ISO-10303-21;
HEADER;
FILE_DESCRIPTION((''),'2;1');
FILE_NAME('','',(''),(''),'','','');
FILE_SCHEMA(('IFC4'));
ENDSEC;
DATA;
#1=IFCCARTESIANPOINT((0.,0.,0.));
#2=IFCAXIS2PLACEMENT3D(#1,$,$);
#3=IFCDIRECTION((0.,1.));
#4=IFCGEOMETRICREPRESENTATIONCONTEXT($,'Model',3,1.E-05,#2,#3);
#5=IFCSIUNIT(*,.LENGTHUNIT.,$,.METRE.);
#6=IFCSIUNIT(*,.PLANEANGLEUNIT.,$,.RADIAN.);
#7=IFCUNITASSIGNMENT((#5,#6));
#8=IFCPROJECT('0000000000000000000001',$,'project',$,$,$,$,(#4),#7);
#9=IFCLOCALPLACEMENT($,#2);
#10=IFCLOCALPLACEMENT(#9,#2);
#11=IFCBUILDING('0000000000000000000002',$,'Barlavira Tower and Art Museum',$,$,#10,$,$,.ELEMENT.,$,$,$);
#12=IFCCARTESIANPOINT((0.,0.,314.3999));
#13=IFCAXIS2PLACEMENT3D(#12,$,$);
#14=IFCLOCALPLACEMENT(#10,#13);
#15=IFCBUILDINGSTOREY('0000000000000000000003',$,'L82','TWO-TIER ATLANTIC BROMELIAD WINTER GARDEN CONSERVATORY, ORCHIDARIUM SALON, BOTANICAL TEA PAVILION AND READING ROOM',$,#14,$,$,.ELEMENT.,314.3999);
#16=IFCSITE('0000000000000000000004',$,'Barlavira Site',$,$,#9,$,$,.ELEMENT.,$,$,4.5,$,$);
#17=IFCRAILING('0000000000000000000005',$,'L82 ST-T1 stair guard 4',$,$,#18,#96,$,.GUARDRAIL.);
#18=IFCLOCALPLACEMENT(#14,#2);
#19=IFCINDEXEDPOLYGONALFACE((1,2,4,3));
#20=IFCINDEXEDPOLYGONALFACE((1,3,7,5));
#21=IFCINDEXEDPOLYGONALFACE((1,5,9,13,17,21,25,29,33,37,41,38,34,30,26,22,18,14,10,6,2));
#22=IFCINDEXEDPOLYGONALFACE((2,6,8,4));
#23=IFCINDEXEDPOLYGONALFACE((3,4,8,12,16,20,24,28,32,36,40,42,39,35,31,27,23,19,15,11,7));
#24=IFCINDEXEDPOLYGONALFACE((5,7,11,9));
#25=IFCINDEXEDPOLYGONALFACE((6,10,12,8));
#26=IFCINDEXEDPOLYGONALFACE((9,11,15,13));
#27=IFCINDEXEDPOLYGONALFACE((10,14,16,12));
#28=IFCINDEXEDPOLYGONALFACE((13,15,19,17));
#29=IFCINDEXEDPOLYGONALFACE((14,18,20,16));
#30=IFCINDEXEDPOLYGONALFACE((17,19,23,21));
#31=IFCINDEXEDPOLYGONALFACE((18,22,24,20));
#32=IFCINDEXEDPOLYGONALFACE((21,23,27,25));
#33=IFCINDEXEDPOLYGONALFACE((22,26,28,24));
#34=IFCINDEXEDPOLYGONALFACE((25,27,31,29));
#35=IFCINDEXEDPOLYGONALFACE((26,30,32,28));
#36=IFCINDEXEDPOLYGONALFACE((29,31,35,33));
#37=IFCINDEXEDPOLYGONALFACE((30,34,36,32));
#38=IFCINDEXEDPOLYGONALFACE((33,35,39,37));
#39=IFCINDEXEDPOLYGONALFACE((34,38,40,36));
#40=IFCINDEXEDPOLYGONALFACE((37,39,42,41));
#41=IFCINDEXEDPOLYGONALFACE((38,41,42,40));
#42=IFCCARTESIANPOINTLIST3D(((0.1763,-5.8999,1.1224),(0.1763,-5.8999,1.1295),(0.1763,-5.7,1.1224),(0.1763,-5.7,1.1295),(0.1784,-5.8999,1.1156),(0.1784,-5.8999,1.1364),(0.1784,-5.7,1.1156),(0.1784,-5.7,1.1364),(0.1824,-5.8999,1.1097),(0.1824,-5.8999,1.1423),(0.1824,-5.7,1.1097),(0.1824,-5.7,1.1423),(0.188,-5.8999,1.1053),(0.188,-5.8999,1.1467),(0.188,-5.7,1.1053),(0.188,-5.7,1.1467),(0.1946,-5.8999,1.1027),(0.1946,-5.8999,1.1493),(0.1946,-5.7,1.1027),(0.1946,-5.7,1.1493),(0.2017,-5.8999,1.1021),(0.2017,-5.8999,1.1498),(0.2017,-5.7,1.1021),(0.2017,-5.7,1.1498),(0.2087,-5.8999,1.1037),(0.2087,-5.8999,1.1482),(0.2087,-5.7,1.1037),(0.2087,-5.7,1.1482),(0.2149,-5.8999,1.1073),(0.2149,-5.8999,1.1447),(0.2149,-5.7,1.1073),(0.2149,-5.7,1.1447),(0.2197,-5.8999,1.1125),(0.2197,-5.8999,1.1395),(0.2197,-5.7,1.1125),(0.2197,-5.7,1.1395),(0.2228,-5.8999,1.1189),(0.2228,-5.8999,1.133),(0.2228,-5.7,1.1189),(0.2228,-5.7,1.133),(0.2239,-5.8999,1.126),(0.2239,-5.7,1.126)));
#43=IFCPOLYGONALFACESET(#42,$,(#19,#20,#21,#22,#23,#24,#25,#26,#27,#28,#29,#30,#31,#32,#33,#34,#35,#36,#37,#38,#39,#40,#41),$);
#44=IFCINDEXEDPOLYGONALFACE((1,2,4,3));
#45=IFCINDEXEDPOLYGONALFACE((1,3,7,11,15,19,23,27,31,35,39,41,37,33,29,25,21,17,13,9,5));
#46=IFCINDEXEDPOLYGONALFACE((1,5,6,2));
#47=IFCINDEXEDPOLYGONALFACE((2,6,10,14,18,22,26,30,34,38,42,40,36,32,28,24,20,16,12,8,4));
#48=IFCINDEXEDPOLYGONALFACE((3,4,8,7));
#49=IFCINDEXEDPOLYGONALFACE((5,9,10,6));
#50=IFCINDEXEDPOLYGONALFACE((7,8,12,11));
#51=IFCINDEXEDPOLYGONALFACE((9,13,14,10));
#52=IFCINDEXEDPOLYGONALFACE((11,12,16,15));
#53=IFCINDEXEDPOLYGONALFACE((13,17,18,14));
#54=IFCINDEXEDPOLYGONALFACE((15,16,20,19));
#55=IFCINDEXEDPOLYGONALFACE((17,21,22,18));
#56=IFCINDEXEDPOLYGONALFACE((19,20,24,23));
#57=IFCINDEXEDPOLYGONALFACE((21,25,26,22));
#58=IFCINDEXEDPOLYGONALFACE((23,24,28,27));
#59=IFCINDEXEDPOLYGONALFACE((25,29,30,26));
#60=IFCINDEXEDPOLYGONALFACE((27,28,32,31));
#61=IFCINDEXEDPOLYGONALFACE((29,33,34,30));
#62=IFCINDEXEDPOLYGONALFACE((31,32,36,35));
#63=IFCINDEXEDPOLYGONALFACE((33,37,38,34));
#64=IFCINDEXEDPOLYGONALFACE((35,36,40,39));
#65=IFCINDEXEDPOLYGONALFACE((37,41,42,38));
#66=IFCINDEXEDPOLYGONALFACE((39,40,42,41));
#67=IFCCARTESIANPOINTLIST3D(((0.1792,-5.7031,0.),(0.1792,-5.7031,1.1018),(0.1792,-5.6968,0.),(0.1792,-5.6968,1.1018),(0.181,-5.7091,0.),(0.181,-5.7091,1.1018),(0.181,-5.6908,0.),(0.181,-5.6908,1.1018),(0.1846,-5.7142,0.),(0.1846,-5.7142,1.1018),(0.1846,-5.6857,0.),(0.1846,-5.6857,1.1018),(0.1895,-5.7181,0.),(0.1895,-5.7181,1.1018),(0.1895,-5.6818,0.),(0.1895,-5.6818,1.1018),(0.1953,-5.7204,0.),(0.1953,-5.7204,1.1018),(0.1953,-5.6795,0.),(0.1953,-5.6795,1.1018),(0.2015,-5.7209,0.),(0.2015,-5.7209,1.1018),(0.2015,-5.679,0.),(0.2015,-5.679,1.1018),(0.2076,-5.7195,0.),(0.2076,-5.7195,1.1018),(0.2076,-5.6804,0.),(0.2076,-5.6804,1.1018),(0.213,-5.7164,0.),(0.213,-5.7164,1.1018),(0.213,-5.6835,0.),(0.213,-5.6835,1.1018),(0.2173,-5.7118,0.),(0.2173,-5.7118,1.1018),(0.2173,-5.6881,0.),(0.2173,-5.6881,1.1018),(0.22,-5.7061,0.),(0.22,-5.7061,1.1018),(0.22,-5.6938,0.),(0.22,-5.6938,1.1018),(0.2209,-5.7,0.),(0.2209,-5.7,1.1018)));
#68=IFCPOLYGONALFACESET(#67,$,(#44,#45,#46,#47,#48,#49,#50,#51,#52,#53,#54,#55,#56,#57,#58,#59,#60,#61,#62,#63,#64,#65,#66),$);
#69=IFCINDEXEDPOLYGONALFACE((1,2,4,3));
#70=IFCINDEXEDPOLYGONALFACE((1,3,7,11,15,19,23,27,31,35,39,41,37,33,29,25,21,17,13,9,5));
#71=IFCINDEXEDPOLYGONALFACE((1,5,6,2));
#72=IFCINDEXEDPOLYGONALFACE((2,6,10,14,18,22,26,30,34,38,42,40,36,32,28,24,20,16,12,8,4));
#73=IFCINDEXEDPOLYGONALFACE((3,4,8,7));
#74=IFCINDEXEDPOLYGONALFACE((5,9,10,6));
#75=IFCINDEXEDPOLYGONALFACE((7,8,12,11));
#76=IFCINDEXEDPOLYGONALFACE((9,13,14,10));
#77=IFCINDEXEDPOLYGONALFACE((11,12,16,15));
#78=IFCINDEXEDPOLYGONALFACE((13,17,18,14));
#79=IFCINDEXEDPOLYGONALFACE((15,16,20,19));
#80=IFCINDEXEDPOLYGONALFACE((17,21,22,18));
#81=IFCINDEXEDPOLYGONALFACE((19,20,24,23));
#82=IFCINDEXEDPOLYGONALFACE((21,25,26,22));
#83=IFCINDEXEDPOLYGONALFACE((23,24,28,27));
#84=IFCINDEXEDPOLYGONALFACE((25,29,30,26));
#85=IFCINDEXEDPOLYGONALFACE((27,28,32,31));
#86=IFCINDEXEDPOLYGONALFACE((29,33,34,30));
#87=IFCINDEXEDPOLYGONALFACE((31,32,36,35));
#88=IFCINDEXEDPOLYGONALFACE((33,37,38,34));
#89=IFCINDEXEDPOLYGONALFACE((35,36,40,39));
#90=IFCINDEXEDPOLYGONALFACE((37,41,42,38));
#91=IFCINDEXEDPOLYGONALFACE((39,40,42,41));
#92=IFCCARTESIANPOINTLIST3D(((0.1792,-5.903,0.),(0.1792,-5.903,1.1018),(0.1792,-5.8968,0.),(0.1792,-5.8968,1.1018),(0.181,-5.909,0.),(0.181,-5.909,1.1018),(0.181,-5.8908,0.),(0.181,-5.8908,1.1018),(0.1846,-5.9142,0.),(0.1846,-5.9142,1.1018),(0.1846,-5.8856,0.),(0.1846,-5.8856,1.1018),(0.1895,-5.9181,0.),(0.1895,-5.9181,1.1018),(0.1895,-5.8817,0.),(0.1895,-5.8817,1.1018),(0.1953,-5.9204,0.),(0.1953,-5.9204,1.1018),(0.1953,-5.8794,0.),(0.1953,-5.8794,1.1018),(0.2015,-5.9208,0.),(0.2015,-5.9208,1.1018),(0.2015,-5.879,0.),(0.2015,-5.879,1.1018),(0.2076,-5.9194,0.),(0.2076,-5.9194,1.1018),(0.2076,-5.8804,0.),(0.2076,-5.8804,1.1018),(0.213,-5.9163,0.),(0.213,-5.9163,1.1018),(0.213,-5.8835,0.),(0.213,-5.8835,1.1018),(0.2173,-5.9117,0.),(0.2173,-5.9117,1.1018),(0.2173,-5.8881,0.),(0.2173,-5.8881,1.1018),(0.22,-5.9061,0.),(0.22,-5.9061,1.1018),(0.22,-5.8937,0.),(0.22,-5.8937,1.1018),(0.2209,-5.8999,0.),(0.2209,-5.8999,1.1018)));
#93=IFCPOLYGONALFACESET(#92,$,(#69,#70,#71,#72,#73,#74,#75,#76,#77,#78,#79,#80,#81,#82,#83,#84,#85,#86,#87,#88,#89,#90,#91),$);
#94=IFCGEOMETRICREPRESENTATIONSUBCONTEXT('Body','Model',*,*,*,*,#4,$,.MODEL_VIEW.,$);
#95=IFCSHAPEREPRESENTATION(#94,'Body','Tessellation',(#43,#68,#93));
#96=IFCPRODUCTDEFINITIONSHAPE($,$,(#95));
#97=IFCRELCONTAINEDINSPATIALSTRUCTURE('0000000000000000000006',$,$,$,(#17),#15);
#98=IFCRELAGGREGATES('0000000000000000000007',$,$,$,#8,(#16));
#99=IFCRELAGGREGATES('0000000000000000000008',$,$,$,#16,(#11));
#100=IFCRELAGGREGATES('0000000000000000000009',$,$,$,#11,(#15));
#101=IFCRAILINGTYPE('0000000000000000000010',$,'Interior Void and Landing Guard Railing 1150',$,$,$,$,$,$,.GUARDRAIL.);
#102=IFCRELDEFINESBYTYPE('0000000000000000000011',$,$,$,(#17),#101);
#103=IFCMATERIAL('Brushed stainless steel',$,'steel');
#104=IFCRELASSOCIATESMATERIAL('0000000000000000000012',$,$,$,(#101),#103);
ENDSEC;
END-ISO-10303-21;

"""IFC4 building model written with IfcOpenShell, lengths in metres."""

from ifc_helpers import new_model, si_unit, direction, frame, origin, origin_2d, place, context, subcontext, project, spatial, circle, extrude, material, type_object, element, save


model = new_model("IFC4")

# Units and contexts
model_context = context("Model", 3, precision=1e-05, world=origin(), true_north=direction((0.0, 1.0)))
body_context = subcontext(model_context, "Body", "Model", "MODEL_VIEW")
ifc_project = project(units=[si_unit("LENGTHUNIT", "METRE"), si_unit("PLANEANGLEUNIT", "RADIAN")], contexts=[model_context])

# Site, building, storey
site_placement = place(None, origin())
site = spatial("IfcSite", under=ifc_project, at=site_placement, Name="Barlavira Site", CompositionType="ELEMENT", RefElevation=4.5)
building_placement = place(site_placement, origin())
building = spatial("IfcBuilding", under=site, at=building_placement, Name="Barlavira Tower and Art Museum", CompositionType="ELEMENT")
storey_placement = place(building_placement, frame((0.0, 0.0, 314.3999)))
storey = spatial("IfcBuildingStorey", under=building, at=storey_placement, Name="L82", Description="TWO-TIER ATLANTIC BROMELIAD WINTER GARDEN CONSERVATORY, ORCHIDARIUM SALON, BOTANICAL TEA PAVILION AND READING ROOM", CompositionType="ELEMENT", Elevation=314.3999)

# Shared definitions
ifc_material_1 = material(Name="Brushed stainless steel", Category="steel")

# Railing
railing_type_1 = type_object("IfcRailingType", Name="Interior Void and Landing Guard Railing 1150", PredefinedType="GUARDRAIL", material=ifc_material_1)
railing_1_placement = place(storey_placement, frame((0.2, -5.7, 0.0)))
element("IfcRailing", 1, at=railing_1_placement, inside=storey, type_object=railing_type_1, Name="L82 ST-T1 stair guard 4", PredefinedType="GUARDRAIL", context=body_context, shape_type="SweptSolid", body=[
    extrude(circle(Radius=0.0239, at=origin_2d()), frame((0.0, 0.0, 1.126), z_axis=(0.0, -1.0, 0.0), x_axis=(1.0, 0.0, 0.0)), (0.0, 0.0, 1.0), 0.2),
    extrude(circle(Radius=0.021, at=origin_2d()), origin(), (0.0, 0.0, 1.0), 1.1018),
    extrude(circle(Radius=0.021, at=origin_2d()), frame((0.0, -0.2, 0.0)), (0.0, 0.0, 1.0), 1.1018),
])

save(model, "model.ifc")
